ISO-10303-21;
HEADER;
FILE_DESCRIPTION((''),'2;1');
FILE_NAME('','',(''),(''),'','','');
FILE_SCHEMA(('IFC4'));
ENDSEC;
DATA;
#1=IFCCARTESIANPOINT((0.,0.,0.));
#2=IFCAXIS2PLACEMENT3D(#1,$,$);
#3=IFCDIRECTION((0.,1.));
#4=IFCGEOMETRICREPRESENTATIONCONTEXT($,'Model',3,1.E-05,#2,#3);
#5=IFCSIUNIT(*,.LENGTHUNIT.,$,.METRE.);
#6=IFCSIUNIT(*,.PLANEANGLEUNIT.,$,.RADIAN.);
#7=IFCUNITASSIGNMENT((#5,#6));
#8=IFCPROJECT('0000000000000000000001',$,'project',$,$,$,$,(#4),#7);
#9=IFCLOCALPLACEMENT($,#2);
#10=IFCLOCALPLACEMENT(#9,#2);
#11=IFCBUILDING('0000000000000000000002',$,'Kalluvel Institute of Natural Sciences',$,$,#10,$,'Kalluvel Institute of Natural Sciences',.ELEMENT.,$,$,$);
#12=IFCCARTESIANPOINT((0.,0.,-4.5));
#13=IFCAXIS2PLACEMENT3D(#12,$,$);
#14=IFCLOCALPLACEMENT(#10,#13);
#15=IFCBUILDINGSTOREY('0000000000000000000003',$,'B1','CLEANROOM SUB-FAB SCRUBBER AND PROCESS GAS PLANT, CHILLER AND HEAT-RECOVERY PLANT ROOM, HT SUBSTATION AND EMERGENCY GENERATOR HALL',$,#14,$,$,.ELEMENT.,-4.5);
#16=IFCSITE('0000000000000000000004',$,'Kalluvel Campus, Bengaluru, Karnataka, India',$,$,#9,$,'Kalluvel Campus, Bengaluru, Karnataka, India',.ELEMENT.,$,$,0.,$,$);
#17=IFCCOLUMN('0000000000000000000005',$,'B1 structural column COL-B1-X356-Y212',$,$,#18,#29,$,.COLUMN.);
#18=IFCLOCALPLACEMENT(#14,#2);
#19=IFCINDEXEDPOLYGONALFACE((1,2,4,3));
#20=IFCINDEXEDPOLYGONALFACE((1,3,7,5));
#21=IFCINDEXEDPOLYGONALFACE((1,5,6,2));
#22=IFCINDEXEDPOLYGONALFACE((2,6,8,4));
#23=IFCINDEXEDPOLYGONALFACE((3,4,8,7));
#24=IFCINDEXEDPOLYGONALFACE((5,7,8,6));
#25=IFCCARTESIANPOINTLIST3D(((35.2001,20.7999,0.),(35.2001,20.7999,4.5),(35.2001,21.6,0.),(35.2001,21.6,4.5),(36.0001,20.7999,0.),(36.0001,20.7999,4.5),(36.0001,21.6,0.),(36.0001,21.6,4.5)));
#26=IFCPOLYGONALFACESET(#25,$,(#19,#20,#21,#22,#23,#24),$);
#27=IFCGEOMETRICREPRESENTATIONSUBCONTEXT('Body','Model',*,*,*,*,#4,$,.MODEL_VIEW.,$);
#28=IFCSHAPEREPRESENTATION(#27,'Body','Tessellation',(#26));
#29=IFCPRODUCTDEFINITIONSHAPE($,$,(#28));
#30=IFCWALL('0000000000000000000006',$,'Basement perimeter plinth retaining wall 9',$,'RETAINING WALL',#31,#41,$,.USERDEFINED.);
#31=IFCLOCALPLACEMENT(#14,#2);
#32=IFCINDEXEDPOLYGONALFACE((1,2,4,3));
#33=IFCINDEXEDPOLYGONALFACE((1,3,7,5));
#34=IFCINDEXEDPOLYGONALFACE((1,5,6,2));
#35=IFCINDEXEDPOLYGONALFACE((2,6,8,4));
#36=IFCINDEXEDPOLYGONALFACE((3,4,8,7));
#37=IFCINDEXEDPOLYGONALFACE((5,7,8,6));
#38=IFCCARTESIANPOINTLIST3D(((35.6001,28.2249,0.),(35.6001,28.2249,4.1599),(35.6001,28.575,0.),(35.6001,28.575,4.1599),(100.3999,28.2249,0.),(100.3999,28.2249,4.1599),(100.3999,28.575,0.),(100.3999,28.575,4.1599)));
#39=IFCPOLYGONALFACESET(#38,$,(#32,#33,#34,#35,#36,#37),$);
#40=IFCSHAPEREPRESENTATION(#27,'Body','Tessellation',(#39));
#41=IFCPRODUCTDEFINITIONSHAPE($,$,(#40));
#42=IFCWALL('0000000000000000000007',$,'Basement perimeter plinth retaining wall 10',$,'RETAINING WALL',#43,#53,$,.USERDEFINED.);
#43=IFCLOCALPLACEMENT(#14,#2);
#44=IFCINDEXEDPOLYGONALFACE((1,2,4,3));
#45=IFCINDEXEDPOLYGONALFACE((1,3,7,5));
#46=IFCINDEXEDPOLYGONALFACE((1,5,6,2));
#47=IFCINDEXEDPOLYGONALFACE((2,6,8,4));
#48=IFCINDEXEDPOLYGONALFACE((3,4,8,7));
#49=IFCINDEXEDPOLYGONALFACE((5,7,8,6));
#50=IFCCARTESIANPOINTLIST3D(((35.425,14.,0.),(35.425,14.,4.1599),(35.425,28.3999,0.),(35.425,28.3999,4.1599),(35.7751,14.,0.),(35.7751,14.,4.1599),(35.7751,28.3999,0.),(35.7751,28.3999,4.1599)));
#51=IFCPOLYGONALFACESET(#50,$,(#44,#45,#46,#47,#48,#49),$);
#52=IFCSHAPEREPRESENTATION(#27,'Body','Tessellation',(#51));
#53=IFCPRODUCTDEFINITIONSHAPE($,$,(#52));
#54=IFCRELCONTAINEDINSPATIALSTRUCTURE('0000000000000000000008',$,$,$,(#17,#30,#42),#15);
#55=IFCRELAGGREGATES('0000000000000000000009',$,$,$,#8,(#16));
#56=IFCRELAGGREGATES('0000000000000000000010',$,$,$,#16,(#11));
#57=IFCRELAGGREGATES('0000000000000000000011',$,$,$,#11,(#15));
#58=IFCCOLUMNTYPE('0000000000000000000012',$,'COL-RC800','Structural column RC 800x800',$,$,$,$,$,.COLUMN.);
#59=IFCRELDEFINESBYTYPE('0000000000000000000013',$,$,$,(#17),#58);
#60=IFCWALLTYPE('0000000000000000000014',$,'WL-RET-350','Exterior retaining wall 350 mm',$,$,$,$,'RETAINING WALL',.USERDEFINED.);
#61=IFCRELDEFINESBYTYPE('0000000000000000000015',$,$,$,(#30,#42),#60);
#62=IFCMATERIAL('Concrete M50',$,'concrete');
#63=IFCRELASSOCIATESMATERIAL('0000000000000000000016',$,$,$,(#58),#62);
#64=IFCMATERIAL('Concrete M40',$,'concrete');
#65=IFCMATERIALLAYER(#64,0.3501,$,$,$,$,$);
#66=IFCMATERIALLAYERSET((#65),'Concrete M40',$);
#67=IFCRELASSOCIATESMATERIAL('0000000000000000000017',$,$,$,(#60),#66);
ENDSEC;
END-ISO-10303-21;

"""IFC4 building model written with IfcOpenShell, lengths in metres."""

from ifc_helpers import new_model, si_unit, direction, frame, frame_2d, origin, origin_2d, place, context, subcontext, project, spatial, rectangle, extrude, material, layer, layer_set, material_profile, profile_set, type_object, element, save


model = new_model("IFC4")

# Units and contexts
model_context = context("Model", 3, precision=1e-05, world=origin(), true_north=direction((0.0, 1.0)))
body_context = subcontext(model_context, "Body", "Model", "MODEL_VIEW")
ifc_project = project(units=[si_unit("LENGTHUNIT", "METRE"), si_unit("PLANEANGLEUNIT", "RADIAN")], contexts=[model_context])

# Site, building, storey
site_placement = place(None, origin())
site = spatial("IfcSite", under=ifc_project, at=site_placement, Name="Kalluvel Campus, Bengaluru, Karnataka, India", LongName="Kalluvel Campus, Bengaluru, Karnataka, India", CompositionType="ELEMENT", RefElevation=0.0)
building_placement = place(site_placement, origin())
building = spatial("IfcBuilding", under=site, at=building_placement, Name="Kalluvel Institute of Natural Sciences", LongName="Kalluvel Institute of Natural Sciences", CompositionType="ELEMENT")
storey_placement = place(building_placement, frame((0.0, 0.0, -4.5)))
storey = spatial("IfcBuildingStorey", under=building, at=storey_placement, Name="B1", Description="CLEANROOM SUB-FAB SCRUBBER AND PROCESS GAS PLANT, CHILLER AND HEAT-RECOVERY PLANT ROOM, HT SUBSTATION AND EMERGENCY GENERATOR HALL", CompositionType="ELEMENT", Elevation=-4.5)

# Shared definitions
ifc_material_1 = material(Name="Concrete M40", Category="concrete")

# Column
ifc_material_2 = material(Name="Concrete M50", Category="concrete")
ifc_material_profile_1 = material_profile(ifc_material_2, rectangle(XDim=0.8, YDim=0.8, at=origin_2d()), Name="RC 800x800")
ifc_profile_set_1 = profile_set([ifc_material_profile_1], Name="Concrete M50")
column_type_1 = type_object("IfcColumnType", Name="COL-RC800", Description="Structural column RC 800x800", PredefinedType="COLUMN", material=ifc_profile_set_1)
column_1_placement = place(storey_placement, frame((35.6001, 21.2, 0.0), z_axis=(0.0, 0.0, 1.0), x_axis=(1.0, 0.0, 0.0)))
element("IfcColumn", 1, at=column_1_placement, inside=storey, type_object=column_type_1, Name="B1 structural column COL-B1-X356-Y212", PredefinedType="COLUMN", context=body_context, shape_type="SweptSolid", body=[
    extrude(rectangle(XDim=0.8, YDim=0.8, at=origin_2d()), origin(), (0.0, 0.0, 1.0), 4.5),
])

# Walls
ifc_layer = layer(ifc_material_1, 0.3501)
ifc_layer_set = layer_set([ifc_layer], Name="Concrete M40")
wall_type = type_object("IfcWallType", Name="WL-RET-350", Description="Exterior retaining wall 350 mm", ElementType="RETAINING WALL", PredefinedType="USERDEFINED", material=ifc_layer_set)
wall_1_placement = place(storey_placement, frame((35.6001, 28.3999, 0.0), z_axis=(0.0, 0.0, 1.0), x_axis=(1.0, 0.0, 0.0)))
element("IfcWall", 2, at=wall_1_placement, inside=storey, type_object=wall_type, Name="Basement perimeter plinth retaining wall 9", ObjectType="RETAINING WALL", PredefinedType="USERDEFINED", context=body_context, shape_type="SweptSolid", body=[
    extrude(rectangle(XDim=64.7998, YDim=0.3501, at=frame_2d((32.3999, 0.0))), origin(), (0.0, 0.0, 1.0), 4.1599),
])
wall_2_placement = place(storey_placement, frame((35.6001, 14.0, 0.0), z_axis=(0.0, 0.0, 1.0), x_axis=(0.0, 1.0, 0.0)))
element("IfcWall", 3, at=wall_2_placement, inside=storey, type_object=wall_type, Name="Basement perimeter plinth retaining wall 10", ObjectType="RETAINING WALL", PredefinedType="USERDEFINED", context=body_context, shape_type="SweptSolid", body=[
    extrude(rectangle(XDim=14.3999, YDim=0.3501, at=frame_2d((7.2, 0.0))), origin(), (0.0, 0.0, 1.0), 4.1599),
])

save(model, "model.ifc")
